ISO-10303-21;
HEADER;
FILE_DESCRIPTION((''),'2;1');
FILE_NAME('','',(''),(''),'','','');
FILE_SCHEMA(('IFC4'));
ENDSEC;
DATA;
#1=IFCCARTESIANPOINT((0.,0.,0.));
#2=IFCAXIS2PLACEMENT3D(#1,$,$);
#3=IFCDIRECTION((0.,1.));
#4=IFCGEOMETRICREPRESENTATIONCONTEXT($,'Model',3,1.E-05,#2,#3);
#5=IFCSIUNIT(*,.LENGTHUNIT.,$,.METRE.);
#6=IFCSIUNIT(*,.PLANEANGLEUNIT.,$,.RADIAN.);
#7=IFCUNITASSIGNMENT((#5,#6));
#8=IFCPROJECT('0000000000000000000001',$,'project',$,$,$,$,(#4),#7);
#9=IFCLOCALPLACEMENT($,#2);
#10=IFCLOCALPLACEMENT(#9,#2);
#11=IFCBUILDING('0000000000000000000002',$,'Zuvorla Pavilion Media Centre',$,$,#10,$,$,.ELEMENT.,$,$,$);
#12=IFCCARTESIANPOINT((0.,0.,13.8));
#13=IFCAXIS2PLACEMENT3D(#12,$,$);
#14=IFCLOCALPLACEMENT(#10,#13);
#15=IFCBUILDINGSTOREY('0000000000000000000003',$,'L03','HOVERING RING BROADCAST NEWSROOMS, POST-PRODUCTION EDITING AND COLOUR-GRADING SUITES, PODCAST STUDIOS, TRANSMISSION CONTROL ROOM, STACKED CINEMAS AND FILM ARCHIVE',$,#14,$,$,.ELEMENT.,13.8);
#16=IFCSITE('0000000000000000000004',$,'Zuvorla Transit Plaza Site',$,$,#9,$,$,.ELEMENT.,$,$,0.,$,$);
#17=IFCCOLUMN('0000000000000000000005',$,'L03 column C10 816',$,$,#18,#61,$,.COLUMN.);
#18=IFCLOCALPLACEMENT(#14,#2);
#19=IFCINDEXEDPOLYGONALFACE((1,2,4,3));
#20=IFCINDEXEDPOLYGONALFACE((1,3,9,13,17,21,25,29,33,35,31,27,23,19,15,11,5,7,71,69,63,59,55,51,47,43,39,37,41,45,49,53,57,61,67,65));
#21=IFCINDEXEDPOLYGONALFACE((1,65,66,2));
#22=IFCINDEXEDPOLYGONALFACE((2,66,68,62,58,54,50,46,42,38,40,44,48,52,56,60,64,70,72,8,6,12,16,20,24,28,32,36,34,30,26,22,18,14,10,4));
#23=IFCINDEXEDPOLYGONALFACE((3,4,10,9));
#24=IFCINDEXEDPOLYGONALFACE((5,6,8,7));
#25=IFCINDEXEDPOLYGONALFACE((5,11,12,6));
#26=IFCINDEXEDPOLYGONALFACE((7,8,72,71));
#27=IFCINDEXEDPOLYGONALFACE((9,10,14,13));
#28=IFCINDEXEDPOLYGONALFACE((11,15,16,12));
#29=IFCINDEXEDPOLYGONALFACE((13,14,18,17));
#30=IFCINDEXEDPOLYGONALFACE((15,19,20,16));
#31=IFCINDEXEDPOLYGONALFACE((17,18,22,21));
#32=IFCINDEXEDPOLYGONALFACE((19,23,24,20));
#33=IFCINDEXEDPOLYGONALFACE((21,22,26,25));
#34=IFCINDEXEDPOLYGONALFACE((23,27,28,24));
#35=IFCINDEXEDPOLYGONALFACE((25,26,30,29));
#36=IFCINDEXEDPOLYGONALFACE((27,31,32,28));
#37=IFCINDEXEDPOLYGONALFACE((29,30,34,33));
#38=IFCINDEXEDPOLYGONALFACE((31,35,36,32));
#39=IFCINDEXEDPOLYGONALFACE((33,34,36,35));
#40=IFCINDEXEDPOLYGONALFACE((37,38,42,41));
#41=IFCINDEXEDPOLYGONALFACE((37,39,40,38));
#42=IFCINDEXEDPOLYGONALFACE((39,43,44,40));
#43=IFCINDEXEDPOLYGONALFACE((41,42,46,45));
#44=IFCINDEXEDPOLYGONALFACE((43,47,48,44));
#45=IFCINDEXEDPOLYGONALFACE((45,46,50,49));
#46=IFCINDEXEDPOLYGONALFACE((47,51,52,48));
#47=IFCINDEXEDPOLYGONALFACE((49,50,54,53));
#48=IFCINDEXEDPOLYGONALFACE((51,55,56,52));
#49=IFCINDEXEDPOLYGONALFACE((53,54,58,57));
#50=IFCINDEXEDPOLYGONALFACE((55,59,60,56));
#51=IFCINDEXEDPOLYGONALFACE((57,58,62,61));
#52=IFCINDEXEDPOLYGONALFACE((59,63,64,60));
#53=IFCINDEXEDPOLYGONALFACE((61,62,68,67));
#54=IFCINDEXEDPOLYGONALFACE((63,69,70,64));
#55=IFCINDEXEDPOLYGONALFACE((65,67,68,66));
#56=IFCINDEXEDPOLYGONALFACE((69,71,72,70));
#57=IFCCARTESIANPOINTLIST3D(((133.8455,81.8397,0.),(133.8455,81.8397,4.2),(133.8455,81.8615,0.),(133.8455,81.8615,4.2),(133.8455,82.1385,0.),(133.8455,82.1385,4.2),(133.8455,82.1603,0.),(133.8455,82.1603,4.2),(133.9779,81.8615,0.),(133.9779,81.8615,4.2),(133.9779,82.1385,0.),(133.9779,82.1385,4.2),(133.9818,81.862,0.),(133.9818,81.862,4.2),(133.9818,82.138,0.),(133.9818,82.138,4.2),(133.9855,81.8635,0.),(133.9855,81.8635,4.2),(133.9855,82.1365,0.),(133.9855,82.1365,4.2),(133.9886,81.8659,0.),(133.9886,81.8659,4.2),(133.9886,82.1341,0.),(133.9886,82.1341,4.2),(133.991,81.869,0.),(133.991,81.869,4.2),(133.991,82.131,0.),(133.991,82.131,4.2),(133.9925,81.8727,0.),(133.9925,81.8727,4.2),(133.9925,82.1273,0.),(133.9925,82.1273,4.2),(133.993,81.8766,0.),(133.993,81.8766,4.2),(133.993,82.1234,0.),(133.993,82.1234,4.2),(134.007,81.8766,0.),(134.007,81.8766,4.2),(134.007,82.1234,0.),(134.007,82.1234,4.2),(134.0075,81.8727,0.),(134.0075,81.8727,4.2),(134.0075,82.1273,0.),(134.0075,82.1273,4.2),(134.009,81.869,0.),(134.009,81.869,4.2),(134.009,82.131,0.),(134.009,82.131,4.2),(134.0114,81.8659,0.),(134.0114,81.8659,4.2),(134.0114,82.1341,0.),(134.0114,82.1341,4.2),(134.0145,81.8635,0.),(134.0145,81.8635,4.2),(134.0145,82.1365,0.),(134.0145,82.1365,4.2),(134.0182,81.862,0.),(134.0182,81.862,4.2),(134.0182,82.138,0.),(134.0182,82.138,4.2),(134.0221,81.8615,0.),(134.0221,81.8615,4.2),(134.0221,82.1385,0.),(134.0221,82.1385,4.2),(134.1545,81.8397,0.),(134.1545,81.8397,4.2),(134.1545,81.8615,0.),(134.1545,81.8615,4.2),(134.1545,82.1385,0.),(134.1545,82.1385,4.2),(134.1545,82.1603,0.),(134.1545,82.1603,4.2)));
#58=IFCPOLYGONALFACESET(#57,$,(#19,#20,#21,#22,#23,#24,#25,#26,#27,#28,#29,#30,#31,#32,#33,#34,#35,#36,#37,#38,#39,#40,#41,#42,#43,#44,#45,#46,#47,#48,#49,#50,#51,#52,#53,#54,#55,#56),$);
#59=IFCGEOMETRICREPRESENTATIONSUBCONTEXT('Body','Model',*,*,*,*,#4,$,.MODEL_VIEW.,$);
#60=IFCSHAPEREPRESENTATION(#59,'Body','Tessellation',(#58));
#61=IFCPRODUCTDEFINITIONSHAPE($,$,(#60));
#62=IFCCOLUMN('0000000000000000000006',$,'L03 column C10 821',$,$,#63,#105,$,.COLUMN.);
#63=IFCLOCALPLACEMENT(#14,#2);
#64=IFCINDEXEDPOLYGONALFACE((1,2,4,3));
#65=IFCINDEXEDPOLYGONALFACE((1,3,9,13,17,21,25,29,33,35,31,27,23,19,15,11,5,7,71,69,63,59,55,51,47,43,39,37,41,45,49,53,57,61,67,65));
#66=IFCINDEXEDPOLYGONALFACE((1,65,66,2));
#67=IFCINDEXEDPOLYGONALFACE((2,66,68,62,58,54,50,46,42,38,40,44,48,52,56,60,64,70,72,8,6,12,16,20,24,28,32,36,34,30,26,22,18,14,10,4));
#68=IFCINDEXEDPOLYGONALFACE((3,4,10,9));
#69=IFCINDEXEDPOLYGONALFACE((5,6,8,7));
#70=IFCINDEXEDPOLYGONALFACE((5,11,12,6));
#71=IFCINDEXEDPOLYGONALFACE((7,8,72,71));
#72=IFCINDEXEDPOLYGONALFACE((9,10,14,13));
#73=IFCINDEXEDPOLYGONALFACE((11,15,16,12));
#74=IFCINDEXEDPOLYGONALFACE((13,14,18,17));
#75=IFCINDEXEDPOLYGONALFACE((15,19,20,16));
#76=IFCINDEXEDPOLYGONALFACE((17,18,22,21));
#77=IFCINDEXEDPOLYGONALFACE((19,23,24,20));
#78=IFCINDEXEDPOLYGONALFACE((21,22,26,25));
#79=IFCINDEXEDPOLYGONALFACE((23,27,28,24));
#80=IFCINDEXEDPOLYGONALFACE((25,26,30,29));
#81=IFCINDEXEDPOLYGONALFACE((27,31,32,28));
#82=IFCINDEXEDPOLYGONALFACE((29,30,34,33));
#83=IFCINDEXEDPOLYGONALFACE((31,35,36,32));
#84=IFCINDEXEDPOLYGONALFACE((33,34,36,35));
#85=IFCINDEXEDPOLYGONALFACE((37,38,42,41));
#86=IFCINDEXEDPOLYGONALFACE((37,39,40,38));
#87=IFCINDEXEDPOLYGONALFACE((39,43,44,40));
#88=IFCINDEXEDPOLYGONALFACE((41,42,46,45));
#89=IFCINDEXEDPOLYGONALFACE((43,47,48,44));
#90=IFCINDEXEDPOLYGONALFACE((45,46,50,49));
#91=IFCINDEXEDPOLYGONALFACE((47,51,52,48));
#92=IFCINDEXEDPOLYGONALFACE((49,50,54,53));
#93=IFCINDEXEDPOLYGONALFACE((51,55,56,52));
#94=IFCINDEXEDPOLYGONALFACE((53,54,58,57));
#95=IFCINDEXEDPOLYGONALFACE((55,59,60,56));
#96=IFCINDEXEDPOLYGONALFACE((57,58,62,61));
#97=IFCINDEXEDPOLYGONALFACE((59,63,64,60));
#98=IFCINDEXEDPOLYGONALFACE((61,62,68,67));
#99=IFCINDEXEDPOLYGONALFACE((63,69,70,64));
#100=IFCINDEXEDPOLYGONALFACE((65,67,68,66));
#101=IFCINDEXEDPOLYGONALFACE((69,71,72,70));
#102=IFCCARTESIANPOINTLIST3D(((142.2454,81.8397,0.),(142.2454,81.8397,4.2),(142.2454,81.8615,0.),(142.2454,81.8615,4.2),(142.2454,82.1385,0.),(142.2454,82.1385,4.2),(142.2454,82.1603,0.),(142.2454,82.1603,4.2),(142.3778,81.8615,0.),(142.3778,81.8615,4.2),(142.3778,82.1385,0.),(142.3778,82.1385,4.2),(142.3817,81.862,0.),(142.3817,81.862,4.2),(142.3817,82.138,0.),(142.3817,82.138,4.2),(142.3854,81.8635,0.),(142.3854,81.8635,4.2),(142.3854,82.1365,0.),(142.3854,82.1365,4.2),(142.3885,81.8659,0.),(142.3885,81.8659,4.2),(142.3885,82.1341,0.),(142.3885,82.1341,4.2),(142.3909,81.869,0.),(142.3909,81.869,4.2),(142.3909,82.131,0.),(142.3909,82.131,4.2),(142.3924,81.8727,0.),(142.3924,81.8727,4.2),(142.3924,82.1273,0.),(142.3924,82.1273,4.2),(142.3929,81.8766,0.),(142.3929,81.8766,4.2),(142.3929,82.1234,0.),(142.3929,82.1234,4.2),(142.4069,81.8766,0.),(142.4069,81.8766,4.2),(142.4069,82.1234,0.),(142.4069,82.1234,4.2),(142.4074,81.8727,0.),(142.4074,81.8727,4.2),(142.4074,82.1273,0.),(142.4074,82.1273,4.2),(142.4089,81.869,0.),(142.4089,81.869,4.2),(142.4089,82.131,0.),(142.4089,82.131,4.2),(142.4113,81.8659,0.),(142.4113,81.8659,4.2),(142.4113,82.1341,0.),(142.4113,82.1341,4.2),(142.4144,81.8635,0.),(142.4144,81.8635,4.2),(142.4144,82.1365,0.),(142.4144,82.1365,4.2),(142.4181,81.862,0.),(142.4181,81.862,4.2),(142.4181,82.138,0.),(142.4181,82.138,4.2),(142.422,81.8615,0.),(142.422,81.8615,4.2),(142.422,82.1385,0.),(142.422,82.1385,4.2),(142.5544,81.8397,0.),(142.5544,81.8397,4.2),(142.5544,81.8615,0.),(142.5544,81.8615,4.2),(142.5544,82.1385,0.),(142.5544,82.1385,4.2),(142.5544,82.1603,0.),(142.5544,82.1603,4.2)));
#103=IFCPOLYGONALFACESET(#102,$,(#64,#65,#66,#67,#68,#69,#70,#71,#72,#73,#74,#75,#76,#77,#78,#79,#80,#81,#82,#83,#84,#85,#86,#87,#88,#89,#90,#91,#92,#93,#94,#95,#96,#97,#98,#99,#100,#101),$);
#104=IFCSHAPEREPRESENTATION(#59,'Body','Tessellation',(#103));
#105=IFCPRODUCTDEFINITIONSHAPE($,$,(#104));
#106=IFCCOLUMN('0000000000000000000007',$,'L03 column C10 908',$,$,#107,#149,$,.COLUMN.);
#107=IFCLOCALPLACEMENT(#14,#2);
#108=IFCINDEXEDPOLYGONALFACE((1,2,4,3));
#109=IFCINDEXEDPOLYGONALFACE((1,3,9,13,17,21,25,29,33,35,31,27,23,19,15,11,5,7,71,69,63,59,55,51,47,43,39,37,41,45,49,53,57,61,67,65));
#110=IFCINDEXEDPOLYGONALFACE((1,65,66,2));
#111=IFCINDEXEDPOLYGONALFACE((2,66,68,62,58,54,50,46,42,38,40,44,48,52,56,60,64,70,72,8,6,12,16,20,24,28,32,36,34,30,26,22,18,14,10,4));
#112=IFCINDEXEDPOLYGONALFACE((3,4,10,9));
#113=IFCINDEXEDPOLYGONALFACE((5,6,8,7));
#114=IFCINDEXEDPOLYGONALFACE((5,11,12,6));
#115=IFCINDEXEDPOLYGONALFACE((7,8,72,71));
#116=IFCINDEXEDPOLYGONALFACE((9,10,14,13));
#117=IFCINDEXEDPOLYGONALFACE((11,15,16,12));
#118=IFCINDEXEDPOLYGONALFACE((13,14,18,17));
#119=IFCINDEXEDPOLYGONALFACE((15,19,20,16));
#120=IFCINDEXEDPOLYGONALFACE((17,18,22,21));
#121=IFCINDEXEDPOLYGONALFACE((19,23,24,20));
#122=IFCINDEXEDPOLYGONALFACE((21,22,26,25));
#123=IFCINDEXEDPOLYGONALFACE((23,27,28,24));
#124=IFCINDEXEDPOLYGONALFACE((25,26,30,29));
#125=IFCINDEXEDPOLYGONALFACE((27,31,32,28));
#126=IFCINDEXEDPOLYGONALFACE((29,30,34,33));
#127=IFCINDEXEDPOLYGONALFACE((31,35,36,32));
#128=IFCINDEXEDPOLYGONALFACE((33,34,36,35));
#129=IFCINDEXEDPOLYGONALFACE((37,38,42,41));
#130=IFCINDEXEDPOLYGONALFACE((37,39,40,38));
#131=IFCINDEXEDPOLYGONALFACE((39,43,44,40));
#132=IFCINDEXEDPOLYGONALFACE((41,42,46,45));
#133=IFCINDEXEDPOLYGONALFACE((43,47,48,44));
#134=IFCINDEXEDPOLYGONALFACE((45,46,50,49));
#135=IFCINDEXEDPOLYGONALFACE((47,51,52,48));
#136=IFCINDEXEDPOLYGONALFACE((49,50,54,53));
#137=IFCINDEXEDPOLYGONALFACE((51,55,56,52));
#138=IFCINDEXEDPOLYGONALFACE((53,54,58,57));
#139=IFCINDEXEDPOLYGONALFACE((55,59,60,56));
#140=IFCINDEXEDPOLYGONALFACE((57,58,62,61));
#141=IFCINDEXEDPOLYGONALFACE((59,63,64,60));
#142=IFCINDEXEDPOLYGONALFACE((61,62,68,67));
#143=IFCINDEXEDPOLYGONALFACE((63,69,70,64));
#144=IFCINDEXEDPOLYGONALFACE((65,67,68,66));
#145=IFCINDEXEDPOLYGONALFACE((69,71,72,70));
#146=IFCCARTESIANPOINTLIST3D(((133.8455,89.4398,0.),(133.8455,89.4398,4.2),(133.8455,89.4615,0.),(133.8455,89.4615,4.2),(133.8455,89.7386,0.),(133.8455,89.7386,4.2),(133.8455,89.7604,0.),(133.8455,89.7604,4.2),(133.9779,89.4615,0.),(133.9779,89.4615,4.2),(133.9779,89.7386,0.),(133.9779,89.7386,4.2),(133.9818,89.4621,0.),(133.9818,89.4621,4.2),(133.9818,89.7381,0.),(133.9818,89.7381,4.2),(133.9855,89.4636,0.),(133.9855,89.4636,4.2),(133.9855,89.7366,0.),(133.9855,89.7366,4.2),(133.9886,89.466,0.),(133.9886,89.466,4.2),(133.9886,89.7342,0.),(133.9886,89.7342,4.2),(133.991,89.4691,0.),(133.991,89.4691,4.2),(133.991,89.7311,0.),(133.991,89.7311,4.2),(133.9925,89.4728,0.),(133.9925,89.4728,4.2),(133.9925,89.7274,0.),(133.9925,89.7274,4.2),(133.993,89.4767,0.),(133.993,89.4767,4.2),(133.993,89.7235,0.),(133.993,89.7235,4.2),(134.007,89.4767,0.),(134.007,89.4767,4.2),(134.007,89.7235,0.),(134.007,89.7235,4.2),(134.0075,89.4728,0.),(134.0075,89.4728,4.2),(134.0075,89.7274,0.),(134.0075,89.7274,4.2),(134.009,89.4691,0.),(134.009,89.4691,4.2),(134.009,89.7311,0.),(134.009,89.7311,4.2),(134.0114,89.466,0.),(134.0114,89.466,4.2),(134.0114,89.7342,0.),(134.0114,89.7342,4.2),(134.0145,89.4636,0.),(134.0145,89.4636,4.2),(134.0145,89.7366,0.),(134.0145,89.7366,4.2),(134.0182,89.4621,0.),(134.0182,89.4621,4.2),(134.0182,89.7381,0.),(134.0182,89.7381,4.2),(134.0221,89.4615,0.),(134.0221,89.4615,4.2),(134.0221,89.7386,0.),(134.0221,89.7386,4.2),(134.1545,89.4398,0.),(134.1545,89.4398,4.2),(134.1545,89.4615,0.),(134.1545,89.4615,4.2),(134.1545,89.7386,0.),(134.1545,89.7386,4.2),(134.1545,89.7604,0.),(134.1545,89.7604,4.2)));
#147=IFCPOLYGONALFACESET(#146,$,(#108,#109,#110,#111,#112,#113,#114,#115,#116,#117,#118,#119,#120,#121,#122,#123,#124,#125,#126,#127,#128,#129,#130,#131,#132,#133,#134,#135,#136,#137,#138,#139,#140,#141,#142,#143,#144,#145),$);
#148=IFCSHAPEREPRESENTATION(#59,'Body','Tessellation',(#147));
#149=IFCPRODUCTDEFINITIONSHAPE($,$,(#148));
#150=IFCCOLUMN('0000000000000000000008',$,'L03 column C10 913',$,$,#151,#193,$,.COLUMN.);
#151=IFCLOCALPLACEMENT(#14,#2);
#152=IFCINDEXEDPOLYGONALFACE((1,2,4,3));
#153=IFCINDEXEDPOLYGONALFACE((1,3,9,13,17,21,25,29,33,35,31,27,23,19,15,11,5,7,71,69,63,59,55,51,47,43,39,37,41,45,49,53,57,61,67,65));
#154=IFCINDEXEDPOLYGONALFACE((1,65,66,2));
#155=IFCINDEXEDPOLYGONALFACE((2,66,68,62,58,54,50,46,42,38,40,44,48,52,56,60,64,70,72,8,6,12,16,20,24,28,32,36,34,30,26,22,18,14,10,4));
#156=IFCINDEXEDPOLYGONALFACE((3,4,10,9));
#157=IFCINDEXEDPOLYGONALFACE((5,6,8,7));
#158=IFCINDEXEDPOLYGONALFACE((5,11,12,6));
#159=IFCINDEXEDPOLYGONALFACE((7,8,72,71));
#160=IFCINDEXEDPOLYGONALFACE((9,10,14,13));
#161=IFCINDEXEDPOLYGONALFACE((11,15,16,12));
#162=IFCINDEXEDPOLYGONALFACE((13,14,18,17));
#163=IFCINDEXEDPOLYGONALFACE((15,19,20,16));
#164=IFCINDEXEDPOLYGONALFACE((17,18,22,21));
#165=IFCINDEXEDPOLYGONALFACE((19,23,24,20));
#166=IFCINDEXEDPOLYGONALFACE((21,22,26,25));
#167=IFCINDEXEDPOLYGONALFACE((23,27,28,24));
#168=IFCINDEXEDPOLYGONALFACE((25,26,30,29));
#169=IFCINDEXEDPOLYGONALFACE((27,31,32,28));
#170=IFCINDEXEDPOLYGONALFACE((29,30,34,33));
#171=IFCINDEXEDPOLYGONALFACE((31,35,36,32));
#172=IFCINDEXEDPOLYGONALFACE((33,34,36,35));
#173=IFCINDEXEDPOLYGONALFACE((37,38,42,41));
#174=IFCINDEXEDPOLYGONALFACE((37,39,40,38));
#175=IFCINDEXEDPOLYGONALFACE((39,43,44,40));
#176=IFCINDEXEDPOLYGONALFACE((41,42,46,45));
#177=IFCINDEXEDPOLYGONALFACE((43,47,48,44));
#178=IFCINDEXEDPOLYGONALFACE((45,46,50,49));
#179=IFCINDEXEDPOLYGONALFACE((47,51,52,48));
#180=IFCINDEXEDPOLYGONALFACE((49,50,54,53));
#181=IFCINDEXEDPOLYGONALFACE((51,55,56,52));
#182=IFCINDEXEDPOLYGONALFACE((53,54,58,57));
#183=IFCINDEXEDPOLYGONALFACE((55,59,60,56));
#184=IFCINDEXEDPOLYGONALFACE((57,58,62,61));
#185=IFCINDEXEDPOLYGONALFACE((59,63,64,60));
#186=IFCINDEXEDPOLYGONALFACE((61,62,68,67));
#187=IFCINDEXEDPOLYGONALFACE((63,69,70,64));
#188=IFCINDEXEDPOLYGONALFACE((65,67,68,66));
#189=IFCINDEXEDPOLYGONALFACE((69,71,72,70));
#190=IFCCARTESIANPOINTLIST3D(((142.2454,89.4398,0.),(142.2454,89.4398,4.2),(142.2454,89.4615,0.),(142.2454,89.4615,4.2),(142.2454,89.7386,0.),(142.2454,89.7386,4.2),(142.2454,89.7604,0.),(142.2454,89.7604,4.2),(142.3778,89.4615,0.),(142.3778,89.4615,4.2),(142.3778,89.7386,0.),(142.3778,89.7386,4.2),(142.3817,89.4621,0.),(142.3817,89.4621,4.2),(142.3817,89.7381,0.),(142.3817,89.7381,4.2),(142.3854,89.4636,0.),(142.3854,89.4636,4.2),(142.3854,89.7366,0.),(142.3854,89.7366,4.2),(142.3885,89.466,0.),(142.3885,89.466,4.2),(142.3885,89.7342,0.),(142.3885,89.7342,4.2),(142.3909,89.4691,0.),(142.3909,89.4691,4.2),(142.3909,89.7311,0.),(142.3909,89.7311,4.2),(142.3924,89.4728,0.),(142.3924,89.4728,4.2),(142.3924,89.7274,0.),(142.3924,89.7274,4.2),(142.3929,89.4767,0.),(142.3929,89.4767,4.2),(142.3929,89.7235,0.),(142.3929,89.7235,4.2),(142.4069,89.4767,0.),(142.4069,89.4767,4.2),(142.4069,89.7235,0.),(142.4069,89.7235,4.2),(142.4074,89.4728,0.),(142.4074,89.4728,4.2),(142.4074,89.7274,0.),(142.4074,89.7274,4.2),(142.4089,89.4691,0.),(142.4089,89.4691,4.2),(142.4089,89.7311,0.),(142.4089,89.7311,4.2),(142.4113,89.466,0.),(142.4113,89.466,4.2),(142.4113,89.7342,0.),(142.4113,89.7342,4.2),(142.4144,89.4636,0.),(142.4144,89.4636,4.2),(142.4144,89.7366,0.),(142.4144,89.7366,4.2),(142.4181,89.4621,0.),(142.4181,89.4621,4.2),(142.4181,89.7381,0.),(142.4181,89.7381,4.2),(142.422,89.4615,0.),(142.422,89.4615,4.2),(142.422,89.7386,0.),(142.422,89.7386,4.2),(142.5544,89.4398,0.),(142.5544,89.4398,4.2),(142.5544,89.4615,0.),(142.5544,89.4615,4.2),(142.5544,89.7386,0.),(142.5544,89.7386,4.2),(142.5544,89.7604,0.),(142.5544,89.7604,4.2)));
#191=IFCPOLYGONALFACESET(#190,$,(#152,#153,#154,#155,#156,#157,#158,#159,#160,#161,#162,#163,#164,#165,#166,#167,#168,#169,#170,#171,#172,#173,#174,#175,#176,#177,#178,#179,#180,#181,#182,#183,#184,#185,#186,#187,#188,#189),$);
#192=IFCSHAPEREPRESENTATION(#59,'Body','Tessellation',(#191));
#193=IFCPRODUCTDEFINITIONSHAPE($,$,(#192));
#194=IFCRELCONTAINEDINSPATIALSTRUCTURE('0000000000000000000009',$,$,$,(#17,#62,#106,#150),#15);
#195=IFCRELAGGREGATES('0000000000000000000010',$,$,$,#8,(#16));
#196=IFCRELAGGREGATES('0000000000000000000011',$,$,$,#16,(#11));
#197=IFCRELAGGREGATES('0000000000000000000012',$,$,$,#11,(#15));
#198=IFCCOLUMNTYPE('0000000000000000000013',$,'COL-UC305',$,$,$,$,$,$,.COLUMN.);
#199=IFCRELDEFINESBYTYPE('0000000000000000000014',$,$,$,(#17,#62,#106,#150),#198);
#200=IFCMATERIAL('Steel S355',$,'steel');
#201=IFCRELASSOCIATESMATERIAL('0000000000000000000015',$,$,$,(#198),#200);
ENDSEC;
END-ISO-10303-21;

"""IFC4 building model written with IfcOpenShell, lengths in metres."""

from ifc_helpers import new_model, si_unit, direction, frame, origin, origin_2d, place, context, subcontext, project, spatial, i_section, extrude, material, material_profile, profile_set, type_object, element, save


model = new_model("IFC4")

# Units and contexts
model_context = context("Model", 3, precision=1e-05, world=origin(), true_north=direction((0.0, 1.0)))
body_context = subcontext(model_context, "Body", "Model", "MODEL_VIEW")
ifc_project = project(units=[si_unit("LENGTHUNIT", "METRE"), si_unit("PLANEANGLEUNIT", "RADIAN")], contexts=[model_context])

# Site, building, storey
site_placement = place(None, origin())
site = spatial("IfcSite", under=ifc_project, at=site_placement, Name="Zuvorla Transit Plaza Site", CompositionType="ELEMENT", RefElevation=0.0)
building_placement = place(site_placement, origin())
building = spatial("IfcBuilding", under=site, at=building_placement, Name="Zuvorla Pavilion Media Centre", CompositionType="ELEMENT")
storey_placement = place(building_placement, frame((0.0, 0.0, 13.8)))
storey = spatial("IfcBuildingStorey", under=building, at=storey_placement, Name="L03", Description="HOVERING RING BROADCAST NEWSROOMS, POST-PRODUCTION EDITING AND COLOUR-GRADING SUITES, PODCAST STUDIOS, TRANSMISSION CONTROL ROOM, STACKED CINEMAS AND FILM ARCHIVE", CompositionType="ELEMENT", Elevation=13.8)

# Columns
ifc_material_1 = material(Name="Steel S355", Category="steel")
ifc_material_profile_1 = material_profile(ifc_material_1, i_section(OverallWidth=0.3091, OverallDepth=0.3206, WebThickness=0.0139, FlangeThickness=0.0217, FilletRadius=0.0151, at=origin_2d()), Name="UC 305x305x137")
ifc_profile_set_1 = profile_set([ifc_material_profile_1], Name="Steel S355")
column_type = type_object("IfcColumnType", Name="COL-UC305", PredefinedType="COLUMN", material=ifc_profile_set_1)
for number, where, z_axis, x_axis, name in (
    (1, (134.0, 82.0, 0.0), (0.0, 0.0, 1.0), (1.0, 0.0, 0.0), "L03 column C10 816"),
    (2, (142.3999, 82.0, 0.0), (0.0, 0.0, 1.0), (1.0, 0.0, 0.0), "L03 column C10 821"),
    (3, (134.0, 89.6001, 0.0), (0.0, 0.0, 1.0), (1.0, 0.0, 0.0), "L03 column C10 908"),
    (4, (142.3999, 89.6001, 0.0), (0.0, 0.0, 1.0), (1.0, 0.0, 0.0), "L03 column C10 913"),
):
    element("IfcColumn", number, at=place(storey_placement, frame(where, z_axis=z_axis, x_axis=x_axis)), inside=storey, type_object=column_type, Name=name, PredefinedType="COLUMN", context=body_context, shape_type="SweptSolid", body=[
        extrude(i_section(OverallWidth=0.3091, OverallDepth=0.3206, WebThickness=0.0139, FlangeThickness=0.0217, FilletRadius=0.0151, at=origin_2d()), origin(), (0.0, 0.0, 1.0), 4.2),
    ])

save(model, "model.ifc")
